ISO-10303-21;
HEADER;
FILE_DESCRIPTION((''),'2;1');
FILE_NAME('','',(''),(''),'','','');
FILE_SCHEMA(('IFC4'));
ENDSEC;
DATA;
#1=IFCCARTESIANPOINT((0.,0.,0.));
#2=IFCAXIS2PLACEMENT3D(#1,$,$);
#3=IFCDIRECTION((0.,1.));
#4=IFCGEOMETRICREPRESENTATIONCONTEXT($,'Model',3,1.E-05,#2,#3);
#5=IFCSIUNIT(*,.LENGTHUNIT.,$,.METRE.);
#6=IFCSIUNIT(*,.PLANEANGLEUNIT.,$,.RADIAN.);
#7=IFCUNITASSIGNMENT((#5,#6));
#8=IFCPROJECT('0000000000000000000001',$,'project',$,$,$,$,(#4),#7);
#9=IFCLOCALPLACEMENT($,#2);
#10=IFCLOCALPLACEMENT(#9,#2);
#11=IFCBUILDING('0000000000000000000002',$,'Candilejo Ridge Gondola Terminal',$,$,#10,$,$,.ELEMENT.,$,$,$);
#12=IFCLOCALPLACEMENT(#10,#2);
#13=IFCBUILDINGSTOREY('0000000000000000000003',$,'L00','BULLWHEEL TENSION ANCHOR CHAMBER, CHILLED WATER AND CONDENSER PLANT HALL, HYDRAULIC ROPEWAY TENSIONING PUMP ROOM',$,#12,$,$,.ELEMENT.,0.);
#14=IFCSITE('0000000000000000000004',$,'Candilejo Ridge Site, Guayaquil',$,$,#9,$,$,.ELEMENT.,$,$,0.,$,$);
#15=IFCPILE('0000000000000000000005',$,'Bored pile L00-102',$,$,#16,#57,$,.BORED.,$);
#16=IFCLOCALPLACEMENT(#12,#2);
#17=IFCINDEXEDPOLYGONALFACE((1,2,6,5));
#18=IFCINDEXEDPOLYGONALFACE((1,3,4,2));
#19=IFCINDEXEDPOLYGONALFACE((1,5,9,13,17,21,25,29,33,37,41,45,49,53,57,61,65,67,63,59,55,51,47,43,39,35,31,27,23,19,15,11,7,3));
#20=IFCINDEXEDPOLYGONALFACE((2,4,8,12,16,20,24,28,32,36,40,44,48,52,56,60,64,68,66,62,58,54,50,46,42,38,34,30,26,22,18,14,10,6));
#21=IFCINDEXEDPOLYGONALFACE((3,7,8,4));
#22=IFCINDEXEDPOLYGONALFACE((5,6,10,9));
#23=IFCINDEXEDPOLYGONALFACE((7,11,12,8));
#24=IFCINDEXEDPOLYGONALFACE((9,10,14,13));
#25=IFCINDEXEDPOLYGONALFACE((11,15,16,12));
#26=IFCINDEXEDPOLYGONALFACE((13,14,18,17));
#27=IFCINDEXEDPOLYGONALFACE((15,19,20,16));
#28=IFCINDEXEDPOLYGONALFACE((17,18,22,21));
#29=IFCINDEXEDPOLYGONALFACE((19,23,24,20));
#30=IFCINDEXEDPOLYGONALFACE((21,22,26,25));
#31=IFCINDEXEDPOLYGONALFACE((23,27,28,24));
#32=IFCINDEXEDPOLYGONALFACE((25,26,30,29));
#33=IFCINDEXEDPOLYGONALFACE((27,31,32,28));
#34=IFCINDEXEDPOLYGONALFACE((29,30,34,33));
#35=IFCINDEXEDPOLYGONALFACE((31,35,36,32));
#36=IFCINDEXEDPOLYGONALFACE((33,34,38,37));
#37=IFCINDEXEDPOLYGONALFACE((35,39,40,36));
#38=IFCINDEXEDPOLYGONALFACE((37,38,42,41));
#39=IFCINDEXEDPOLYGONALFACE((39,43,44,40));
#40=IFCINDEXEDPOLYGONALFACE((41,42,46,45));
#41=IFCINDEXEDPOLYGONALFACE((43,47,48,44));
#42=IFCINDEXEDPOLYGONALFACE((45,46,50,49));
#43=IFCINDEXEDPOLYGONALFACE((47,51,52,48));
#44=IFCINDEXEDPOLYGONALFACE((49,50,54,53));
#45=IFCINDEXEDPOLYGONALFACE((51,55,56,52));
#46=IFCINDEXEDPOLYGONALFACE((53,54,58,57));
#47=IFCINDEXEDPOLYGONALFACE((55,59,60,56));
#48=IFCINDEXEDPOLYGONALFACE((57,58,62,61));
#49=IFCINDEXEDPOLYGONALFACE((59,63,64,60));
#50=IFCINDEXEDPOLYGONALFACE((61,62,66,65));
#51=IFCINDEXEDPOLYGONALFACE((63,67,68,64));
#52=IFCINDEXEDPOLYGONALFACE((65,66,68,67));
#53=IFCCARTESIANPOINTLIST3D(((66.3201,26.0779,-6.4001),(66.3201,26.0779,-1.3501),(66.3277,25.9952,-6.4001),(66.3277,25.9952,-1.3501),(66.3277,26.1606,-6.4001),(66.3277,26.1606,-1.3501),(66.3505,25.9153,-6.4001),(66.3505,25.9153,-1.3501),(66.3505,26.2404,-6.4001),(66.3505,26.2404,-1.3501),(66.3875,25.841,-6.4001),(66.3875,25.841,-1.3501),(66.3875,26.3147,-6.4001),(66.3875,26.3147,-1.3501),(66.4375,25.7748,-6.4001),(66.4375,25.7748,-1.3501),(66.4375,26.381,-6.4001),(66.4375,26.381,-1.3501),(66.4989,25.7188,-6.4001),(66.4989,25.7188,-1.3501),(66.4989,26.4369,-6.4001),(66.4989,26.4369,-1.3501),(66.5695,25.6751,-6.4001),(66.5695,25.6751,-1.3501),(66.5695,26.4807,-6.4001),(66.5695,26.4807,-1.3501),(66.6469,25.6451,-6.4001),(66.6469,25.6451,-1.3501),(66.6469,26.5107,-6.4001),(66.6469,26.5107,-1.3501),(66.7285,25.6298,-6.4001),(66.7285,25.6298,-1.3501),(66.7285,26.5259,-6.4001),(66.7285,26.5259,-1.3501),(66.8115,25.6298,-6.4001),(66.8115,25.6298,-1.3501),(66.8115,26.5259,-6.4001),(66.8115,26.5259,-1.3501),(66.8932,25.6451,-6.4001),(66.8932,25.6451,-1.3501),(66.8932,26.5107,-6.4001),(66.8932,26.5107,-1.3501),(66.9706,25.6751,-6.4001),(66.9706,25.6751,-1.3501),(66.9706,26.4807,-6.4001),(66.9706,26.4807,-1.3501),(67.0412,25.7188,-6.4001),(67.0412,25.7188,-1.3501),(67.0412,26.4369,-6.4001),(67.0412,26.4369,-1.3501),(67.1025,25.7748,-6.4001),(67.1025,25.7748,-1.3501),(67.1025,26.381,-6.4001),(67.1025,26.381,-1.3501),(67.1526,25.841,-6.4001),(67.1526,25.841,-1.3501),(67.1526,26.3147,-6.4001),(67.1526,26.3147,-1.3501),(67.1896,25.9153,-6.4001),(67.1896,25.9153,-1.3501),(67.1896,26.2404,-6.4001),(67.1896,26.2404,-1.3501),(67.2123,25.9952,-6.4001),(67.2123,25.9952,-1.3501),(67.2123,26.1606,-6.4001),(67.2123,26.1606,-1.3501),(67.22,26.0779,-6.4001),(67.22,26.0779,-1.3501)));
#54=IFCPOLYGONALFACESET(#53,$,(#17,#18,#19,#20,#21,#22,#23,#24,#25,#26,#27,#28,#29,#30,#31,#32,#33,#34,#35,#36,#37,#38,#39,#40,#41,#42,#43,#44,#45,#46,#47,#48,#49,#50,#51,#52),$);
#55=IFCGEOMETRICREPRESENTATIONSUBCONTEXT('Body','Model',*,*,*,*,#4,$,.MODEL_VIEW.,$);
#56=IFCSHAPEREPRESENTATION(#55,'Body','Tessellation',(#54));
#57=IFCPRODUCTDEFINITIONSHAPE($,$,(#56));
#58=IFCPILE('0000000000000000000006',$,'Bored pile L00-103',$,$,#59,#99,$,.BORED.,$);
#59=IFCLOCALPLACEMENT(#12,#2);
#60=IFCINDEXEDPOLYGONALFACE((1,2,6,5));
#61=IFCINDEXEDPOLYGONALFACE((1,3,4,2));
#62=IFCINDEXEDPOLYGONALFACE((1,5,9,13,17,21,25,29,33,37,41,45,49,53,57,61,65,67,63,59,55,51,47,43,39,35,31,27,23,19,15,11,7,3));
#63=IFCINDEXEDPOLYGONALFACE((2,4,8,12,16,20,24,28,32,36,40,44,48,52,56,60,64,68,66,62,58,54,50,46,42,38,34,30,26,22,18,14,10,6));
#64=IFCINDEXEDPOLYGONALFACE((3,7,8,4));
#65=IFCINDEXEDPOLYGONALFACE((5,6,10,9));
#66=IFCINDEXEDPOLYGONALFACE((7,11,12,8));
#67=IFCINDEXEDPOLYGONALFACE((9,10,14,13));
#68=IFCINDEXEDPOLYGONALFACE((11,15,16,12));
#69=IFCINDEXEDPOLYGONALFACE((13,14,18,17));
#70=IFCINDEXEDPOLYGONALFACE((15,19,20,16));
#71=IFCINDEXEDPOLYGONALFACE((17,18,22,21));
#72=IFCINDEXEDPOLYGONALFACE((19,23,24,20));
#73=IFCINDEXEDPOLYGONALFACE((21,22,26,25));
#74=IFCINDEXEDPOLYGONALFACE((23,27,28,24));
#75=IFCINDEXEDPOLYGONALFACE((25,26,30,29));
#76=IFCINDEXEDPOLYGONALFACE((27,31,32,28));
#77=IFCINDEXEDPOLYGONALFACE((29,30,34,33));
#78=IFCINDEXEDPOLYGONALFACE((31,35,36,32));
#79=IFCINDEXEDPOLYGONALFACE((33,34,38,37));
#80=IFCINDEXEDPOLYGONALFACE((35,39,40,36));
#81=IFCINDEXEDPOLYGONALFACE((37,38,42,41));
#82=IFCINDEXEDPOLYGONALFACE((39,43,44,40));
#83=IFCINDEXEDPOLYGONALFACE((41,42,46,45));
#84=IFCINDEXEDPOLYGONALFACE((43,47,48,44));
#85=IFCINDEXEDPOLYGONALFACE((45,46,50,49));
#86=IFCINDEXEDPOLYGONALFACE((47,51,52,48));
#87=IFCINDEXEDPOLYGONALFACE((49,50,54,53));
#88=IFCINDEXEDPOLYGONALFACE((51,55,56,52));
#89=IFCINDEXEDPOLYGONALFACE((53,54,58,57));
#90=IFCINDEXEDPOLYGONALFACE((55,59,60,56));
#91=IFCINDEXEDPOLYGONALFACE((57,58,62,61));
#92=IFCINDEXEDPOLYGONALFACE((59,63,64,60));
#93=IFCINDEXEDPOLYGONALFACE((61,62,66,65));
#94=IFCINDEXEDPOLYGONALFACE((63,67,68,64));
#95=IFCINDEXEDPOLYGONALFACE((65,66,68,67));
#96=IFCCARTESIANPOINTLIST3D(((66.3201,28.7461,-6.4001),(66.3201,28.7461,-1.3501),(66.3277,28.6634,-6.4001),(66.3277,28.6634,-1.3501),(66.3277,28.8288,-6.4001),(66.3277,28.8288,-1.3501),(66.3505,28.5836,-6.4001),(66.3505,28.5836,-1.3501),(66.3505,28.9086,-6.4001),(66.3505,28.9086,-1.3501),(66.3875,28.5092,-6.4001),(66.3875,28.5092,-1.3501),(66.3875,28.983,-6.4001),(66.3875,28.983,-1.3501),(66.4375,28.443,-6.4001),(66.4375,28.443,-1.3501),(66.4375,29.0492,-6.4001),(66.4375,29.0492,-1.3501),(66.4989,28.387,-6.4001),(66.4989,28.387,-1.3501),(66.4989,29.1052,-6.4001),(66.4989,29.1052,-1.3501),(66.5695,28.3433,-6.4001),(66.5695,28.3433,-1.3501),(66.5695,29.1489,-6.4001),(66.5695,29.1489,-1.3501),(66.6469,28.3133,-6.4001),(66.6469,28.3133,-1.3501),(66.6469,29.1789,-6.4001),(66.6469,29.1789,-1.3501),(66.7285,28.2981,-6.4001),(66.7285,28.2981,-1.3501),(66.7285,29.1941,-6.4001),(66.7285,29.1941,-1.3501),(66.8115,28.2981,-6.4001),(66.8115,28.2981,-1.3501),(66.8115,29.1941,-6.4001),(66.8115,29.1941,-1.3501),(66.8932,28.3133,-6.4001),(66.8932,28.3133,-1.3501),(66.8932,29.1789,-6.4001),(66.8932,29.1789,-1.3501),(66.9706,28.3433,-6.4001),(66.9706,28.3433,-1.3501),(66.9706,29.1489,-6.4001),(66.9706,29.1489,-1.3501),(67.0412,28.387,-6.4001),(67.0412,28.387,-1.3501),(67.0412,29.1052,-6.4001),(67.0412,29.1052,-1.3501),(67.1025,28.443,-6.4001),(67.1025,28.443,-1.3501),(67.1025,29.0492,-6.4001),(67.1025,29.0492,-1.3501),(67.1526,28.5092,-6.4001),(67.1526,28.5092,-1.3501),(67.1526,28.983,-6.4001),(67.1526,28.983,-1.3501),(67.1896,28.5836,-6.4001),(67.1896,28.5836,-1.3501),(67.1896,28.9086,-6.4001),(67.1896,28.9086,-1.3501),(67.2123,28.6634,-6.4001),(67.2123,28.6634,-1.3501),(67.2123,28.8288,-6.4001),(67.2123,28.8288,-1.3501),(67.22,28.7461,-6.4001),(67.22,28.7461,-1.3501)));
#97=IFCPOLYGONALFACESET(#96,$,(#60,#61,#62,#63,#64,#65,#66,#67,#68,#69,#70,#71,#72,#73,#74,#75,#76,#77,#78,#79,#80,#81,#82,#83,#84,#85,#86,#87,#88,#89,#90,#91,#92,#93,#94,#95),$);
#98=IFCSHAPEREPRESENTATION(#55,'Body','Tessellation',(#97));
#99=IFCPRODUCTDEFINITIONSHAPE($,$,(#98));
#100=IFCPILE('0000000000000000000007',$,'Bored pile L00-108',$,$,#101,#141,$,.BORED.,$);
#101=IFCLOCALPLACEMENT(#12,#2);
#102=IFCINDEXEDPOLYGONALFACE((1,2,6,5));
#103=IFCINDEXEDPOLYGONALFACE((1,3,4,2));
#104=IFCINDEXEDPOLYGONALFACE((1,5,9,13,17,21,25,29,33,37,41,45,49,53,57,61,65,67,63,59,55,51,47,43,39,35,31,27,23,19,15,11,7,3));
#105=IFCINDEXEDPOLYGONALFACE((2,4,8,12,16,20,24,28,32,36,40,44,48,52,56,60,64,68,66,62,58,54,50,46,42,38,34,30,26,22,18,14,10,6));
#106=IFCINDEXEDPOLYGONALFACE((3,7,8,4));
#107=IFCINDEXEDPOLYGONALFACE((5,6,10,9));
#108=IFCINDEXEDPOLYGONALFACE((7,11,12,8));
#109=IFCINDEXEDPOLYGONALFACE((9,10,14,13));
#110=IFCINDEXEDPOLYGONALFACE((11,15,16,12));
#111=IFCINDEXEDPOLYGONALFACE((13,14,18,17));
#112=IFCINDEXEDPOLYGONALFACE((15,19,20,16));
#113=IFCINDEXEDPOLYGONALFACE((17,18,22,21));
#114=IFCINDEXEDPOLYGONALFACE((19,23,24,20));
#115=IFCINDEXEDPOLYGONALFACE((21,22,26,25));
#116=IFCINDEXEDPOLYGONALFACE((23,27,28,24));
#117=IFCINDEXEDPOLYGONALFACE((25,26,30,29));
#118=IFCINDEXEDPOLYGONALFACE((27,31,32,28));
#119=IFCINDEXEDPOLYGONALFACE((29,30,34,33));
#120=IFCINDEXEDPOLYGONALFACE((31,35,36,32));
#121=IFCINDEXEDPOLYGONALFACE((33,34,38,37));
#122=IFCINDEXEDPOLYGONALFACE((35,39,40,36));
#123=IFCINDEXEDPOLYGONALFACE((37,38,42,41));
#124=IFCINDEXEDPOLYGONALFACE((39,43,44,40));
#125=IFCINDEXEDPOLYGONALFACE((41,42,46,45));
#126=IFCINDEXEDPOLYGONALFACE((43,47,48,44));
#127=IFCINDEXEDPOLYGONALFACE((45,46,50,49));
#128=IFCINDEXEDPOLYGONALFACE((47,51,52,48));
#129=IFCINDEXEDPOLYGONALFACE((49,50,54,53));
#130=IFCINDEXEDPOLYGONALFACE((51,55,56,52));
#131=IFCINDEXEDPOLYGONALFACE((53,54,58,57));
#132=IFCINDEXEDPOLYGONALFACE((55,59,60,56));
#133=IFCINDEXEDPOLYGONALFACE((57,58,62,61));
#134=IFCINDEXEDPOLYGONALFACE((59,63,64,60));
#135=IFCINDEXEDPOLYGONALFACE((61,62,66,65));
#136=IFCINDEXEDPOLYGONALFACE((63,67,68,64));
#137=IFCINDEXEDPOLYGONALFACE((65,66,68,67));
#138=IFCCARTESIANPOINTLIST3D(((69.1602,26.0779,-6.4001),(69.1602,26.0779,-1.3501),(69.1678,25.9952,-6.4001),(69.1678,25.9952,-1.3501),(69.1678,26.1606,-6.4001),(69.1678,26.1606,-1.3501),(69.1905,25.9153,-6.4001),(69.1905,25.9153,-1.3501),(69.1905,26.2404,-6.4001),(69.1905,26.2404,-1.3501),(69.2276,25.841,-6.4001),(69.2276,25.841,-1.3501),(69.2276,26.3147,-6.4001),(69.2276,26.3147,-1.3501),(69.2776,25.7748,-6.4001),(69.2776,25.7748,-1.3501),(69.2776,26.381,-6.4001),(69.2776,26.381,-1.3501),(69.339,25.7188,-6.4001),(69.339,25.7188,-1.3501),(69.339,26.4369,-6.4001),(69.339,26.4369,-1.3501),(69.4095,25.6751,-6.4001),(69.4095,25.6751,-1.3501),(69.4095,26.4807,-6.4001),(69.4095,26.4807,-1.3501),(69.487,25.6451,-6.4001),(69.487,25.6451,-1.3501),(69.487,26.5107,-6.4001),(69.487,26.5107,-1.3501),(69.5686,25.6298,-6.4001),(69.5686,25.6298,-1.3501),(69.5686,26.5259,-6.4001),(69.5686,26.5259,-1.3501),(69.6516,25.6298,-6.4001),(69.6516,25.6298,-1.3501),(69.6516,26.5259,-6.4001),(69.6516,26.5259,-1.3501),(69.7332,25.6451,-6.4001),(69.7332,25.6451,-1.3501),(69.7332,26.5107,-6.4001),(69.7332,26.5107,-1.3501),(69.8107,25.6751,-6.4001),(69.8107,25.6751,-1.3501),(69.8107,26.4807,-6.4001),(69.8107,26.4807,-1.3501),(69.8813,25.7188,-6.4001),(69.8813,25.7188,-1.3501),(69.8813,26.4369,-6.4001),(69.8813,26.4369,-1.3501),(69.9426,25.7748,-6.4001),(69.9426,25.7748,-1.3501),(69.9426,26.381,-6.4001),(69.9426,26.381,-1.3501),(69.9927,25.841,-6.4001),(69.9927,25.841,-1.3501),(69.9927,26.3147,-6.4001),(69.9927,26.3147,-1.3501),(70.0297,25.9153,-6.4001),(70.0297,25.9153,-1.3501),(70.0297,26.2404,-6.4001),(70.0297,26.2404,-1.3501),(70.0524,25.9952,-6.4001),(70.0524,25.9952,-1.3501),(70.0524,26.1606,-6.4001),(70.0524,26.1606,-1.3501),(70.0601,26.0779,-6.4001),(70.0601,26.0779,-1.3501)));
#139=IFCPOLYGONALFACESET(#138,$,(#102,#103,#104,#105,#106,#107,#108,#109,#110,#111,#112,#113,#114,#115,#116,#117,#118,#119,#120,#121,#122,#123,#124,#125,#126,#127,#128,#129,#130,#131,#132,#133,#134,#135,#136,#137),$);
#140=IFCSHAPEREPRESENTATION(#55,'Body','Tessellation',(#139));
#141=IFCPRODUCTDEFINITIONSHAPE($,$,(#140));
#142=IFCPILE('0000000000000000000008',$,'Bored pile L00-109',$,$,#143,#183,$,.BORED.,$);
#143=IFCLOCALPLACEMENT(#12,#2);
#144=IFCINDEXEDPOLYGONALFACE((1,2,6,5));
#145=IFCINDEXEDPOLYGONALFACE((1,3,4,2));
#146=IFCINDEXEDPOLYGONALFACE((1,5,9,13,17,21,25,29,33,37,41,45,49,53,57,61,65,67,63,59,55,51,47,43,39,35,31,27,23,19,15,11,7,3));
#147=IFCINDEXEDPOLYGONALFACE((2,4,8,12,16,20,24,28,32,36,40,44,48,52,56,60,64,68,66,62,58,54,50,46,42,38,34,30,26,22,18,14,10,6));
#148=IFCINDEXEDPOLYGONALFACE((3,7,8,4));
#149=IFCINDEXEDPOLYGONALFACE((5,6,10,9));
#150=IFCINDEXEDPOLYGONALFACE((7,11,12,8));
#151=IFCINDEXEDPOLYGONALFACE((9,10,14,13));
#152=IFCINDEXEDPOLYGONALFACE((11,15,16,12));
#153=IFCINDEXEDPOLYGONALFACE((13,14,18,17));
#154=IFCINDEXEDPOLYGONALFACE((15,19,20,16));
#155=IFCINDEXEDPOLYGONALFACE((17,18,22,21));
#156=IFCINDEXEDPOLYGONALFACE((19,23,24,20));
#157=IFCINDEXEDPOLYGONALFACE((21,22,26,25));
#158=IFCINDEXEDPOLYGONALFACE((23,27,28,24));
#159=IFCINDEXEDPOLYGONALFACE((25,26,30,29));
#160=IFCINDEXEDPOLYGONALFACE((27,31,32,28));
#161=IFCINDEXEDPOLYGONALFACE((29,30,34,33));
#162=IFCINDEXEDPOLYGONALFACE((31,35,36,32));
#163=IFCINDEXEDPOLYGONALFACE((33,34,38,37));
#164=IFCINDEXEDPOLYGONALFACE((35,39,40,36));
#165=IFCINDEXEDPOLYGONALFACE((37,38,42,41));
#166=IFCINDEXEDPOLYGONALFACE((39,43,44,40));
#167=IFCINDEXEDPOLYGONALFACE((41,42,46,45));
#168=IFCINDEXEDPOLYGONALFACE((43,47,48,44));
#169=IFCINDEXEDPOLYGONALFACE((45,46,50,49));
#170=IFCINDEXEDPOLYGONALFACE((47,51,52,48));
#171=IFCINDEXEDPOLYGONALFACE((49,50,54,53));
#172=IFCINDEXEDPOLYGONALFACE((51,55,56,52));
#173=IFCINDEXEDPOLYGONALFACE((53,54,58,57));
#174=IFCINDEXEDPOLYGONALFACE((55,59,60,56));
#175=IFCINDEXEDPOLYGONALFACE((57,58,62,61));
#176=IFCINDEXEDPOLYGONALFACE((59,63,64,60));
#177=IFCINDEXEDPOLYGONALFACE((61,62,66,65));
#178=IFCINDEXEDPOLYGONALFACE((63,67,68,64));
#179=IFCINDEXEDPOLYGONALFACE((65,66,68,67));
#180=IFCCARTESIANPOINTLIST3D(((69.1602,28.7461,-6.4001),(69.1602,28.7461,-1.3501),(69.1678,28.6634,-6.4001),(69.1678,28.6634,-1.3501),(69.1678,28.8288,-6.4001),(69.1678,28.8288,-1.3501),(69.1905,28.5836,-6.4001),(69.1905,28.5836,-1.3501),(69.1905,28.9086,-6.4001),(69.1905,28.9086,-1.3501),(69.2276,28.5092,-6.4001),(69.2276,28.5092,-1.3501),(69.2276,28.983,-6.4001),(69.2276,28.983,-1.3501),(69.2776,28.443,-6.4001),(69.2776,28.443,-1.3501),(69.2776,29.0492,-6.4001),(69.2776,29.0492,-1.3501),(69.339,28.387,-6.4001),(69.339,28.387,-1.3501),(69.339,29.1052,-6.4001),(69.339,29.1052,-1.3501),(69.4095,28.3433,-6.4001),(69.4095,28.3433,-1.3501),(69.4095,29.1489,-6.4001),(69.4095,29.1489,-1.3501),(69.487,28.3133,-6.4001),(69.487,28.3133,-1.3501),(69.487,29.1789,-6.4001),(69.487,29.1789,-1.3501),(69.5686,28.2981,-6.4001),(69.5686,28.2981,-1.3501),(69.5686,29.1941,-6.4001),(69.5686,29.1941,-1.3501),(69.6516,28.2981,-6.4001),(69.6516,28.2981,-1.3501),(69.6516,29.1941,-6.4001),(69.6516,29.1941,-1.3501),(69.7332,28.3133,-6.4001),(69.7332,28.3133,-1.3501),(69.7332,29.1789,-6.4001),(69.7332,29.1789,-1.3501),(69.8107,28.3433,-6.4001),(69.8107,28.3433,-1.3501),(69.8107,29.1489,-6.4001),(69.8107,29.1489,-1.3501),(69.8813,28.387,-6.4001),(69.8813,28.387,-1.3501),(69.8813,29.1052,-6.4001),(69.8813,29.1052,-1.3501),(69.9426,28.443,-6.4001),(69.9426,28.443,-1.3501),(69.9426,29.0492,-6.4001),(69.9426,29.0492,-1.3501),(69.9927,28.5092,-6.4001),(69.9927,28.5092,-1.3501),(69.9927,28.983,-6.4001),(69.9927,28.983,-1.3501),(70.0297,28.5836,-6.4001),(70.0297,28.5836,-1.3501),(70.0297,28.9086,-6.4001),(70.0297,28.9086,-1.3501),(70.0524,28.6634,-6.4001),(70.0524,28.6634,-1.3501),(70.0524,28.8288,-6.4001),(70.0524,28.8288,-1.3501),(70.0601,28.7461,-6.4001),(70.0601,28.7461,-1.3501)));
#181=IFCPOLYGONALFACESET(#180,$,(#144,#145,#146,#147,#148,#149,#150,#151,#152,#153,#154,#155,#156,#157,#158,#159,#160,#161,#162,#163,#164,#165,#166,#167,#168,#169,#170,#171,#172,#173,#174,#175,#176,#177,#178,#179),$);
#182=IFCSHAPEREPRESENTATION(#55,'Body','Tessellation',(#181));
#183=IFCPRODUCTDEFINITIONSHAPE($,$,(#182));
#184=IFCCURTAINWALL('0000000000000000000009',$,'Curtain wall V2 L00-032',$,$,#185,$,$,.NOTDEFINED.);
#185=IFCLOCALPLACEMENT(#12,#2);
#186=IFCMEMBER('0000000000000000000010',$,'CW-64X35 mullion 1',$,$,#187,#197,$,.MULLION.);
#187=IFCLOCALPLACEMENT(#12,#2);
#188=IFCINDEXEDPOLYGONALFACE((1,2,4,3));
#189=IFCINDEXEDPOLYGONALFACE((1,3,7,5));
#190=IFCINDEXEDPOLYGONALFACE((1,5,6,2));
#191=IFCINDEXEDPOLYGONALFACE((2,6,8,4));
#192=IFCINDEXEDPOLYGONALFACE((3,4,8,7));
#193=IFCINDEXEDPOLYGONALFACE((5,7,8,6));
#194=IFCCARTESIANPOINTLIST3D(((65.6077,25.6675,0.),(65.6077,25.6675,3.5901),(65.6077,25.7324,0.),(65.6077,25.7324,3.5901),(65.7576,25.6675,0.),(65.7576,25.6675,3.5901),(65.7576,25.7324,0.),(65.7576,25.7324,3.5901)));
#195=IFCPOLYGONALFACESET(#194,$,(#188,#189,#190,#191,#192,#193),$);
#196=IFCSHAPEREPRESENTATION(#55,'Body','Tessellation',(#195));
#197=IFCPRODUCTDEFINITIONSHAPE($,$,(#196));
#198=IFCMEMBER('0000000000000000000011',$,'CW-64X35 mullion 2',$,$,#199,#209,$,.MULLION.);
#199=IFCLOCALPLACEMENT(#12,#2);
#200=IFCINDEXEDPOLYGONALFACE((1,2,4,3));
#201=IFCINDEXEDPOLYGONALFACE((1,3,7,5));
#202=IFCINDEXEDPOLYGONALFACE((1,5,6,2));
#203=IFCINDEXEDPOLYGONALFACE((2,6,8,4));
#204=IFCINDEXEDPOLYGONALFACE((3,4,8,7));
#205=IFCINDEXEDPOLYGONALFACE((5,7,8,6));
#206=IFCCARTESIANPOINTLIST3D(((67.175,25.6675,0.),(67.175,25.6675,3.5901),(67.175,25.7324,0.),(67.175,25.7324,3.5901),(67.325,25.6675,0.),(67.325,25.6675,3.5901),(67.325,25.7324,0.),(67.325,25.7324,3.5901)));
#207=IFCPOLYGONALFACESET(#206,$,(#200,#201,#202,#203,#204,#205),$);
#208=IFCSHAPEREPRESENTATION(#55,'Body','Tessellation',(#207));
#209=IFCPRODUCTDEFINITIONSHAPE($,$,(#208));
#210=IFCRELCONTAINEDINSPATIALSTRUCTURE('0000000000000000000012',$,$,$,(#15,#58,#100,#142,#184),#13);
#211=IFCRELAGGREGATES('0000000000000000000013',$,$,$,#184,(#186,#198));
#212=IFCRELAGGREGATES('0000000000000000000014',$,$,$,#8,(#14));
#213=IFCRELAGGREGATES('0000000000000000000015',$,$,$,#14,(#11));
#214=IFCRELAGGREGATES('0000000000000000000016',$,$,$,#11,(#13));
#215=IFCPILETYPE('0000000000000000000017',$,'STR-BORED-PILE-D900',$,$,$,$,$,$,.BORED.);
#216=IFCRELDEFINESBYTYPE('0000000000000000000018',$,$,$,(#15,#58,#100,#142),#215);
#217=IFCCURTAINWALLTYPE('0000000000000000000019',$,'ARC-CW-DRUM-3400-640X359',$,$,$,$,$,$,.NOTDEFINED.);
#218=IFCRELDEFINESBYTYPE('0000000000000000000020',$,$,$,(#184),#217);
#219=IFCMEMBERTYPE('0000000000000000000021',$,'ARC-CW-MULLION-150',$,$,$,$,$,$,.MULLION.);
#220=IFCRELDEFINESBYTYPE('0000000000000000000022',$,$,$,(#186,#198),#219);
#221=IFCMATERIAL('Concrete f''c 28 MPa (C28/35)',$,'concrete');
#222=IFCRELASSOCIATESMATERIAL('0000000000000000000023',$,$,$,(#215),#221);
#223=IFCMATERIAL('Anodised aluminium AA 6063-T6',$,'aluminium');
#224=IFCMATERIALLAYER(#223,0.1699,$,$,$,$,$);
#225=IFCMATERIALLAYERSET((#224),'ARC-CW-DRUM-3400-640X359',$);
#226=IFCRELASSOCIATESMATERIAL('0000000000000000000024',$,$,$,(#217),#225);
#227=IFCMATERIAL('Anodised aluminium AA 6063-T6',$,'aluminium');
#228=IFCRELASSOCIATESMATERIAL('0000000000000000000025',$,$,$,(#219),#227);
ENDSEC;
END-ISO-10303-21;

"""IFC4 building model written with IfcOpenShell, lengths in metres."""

from ifc_helpers import new_model, si_unit, direction, frame, origin, origin_2d, place, context, subcontext, project, spatial, rectangle, circle, extrude, material, layer, layer_set, material_profile, profile_set, type_object, element, aggregate, save


model = new_model("IFC4")

# Units and contexts
model_context = context("Model", 3, precision=1e-05, world=origin(), true_north=direction((0.0, 1.0)))
body_context = subcontext(model_context, "Body", "Model", "MODEL_VIEW")
ifc_project = project(units=[si_unit("LENGTHUNIT", "METRE"), si_unit("PLANEANGLEUNIT", "RADIAN")], contexts=[model_context])

# Site, building, storey
site_placement = place(None, origin())
site = spatial("IfcSite", under=ifc_project, at=site_placement, Name="Candilejo Ridge Site, Guayaquil", CompositionType="ELEMENT", RefElevation=0.0)
building_placement = place(site_placement, origin())
building = spatial("IfcBuilding", under=site, at=building_placement, Name="Candilejo Ridge Gondola Terminal", CompositionType="ELEMENT")
storey_placement = place(building_placement, origin())
storey = spatial("IfcBuildingStorey", under=building, at=storey_placement, Name="L00", Description="BULLWHEEL TENSION ANCHOR CHAMBER, CHILLED WATER AND CONDENSER PLANT HALL, HYDRAULIC ROPEWAY TENSIONING PUMP ROOM", CompositionType="ELEMENT", Elevation=0.0)

# Piles
ifc_material_1 = material(Name="Concrete f'c 28 MPa (C28/35)", Category="concrete")
ifc_material_profile_1 = material_profile(ifc_material_1, circle(Radius=0.45, at=origin_2d()))
ifc_profile_set_1 = profile_set([ifc_material_profile_1], Name="Concrete f'c 28 MPa (C28/35)")
pile_type = type_object("IfcPileType", Name="STR-BORED-PILE-D900", PredefinedType="BORED", material=ifc_profile_set_1)
for number, where, z_axis, x_axis, name in (
    (1, (66.77, 26.0779, -1.3501), (0.0, 0.0, -1.0), (1.0, 0.0, 0.0), "Bored pile L00-102"),
    (2, (66.77, 28.7461, -1.3501), (0.0, 0.0, -1.0), (1.0, 0.0, 0.0), "Bored pile L00-103"),
    (3, (69.6101, 26.0779, -1.3501), (0.0, 0.0, -1.0), (1.0, 0.0, 0.0), "Bored pile L00-108"),
    (4, (69.6101, 28.7461, -1.3501), (0.0, 0.0, -1.0), (1.0, 0.0, 0.0), "Bored pile L00-109"),
):
    element("IfcPile", number, at=place(storey_placement, frame(where, z_axis=z_axis, x_axis=x_axis)), inside=storey, type_object=pile_type, Name=name, PredefinedType="BORED", context=body_context, shape_type="SweptSolid", body=[
        extrude(circle(Radius=0.45, at=origin_2d()), origin(), (0.0, 0.0, 1.0), 5.05),
    ])

# Curtain wall, members
ifc_material_2 = material(Name="Anodised aluminium AA 6063-T6", Category="aluminium")
ifc_layer_1 = layer(ifc_material_2, 0.1699)
ifc_layer_set_1 = layer_set([ifc_layer_1], Name="ARC-CW-DRUM-3400-640X359")
curtain_wall_type = type_object("IfcCurtainWallType", Name="ARC-CW-DRUM-3400-640X359", PredefinedType="NOTDEFINED", material=ifc_layer_set_1)
curtain_wall_placement = place(storey_placement, origin())
curtain_wall = element("IfcCurtainWall", 5, at=curtain_wall_placement, inside=storey, type_object=curtain_wall_type, Name="Curtain wall V2 L00-032", PredefinedType="NOTDEFINED")
ifc_material_3 = material(Name="Anodised aluminium AA 6063-T6", Category="aluminium")
ifc_material_profile_2 = material_profile(ifc_material_3, rectangle(XDim=0.0649, YDim=0.1499, at=origin_2d()))
ifc_profile_set_2 = profile_set([ifc_material_profile_2], Name="Anodised aluminium AA 6063-T6")
member_type_1 = type_object("IfcMemberType", Name="ARC-CW-MULLION-150", PredefinedType="MULLION", material=ifc_profile_set_2)
member_1_placement = place(storey_placement, frame((65.6826, 25.7, 0.0), z_axis=(0.0, 0.0, 1.0), x_axis=(0.0, 1.0, 0.0)))
member_1 = element("IfcMember", 6, at=member_1_placement, type_object=member_type_1, Name="CW-64X35 mullion 1", PredefinedType="MULLION", context=body_context, shape_type="SweptSolid", body=[
    extrude(rectangle(XDim=0.0649, YDim=0.1499, at=origin_2d()), origin(), (0.0, 0.0, 1.0), 3.5901),
])
member_2_placement = place(storey_placement, frame((67.25, 25.7, 0.0), z_axis=(0.0, 0.0, 1.0), x_axis=(0.0, 1.0, 0.0)))
member_2 = element("IfcMember", 7, at=member_2_placement, type_object=member_type_1, Name="CW-64X35 mullion 2", PredefinedType="MULLION", context=body_context, shape_type="SweptSolid", body=[
    extrude(rectangle(XDim=0.0649, YDim=0.1499, at=origin_2d()), origin(), (0.0, 0.0, 1.0), 3.5901),
])

aggregate(curtain_wall, [member_1, member_2])

save(model, "model.ifc")
